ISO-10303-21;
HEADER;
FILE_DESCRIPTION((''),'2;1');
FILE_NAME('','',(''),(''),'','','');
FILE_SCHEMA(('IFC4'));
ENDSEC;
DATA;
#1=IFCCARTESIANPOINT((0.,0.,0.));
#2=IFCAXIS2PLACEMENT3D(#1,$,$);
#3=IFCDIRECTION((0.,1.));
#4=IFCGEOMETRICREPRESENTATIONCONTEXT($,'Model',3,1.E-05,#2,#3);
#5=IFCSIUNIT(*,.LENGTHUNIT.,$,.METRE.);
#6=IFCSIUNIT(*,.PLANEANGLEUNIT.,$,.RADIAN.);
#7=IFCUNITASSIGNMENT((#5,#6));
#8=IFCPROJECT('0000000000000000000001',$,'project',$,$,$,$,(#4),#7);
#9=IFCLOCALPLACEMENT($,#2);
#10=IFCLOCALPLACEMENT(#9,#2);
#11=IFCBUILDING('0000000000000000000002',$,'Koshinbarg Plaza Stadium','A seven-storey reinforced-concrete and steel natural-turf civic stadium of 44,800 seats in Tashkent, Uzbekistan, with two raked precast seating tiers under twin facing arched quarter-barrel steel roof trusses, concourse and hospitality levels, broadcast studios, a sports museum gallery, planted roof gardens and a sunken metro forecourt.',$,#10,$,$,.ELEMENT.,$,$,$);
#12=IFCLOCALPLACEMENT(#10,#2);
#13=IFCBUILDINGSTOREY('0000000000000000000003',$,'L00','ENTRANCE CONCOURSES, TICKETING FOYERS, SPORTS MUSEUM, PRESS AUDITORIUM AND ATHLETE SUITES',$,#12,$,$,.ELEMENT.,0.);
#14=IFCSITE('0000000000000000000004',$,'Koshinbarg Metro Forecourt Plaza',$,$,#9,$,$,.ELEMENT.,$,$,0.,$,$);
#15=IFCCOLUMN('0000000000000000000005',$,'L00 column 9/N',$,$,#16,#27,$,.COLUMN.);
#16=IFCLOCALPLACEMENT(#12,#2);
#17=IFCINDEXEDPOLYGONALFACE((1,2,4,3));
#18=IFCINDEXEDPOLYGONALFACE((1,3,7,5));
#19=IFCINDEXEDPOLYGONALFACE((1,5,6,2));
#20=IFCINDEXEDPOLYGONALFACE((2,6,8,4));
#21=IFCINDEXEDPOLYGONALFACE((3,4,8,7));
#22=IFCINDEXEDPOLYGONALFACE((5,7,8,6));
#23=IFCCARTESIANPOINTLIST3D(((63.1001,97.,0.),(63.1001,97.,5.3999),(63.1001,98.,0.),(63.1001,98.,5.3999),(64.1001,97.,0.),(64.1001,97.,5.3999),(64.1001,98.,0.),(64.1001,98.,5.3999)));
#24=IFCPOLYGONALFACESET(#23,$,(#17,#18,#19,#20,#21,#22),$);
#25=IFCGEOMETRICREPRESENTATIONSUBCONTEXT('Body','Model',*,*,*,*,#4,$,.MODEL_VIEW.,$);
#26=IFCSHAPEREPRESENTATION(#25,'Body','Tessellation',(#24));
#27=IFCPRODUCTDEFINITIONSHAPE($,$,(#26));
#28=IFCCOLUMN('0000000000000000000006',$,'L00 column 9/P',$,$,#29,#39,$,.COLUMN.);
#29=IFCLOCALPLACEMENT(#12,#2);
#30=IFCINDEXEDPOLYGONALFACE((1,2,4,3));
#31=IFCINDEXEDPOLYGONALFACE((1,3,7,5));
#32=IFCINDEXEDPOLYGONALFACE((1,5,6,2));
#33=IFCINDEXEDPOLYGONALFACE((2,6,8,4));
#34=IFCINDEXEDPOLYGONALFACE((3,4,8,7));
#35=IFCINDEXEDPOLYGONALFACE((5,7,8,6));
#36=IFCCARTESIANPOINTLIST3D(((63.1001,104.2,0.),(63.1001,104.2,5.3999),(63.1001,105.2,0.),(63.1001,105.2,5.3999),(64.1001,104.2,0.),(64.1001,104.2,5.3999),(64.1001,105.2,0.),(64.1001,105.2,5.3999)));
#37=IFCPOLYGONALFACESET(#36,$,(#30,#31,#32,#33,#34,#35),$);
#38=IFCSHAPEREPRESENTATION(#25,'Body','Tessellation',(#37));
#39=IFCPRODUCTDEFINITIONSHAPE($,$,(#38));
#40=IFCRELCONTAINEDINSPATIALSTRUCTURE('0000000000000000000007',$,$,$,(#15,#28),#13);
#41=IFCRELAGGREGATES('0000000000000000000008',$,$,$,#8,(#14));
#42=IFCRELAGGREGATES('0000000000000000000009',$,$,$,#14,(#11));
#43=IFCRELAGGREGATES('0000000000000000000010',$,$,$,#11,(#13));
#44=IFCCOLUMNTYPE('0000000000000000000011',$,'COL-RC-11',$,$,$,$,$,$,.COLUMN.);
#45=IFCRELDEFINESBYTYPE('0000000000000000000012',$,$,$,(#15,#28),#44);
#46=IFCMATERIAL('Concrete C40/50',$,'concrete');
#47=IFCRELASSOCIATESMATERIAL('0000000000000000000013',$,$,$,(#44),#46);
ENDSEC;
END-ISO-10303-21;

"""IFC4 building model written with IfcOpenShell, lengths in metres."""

from ifc_helpers import new_model, si_unit, direction, frame, origin, origin_2d, place, context, subcontext, project, spatial, rectangle, extrude, material, material_profile, profile_set, type_object, element, save


model = new_model("IFC4")

# Units and contexts
model_context = context("Model", 3, precision=1e-05, world=origin(), true_north=direction((0.0, 1.0)))
body_context = subcontext(model_context, "Body", "Model", "MODEL_VIEW")
ifc_project = project(units=[si_unit("LENGTHUNIT", "METRE"), si_unit("PLANEANGLEUNIT", "RADIAN")], contexts=[model_context])

# Site, building, storey
site_placement = place(None, origin())
site = spatial("IfcSite", under=ifc_project, at=site_placement, Name="Koshinbarg Metro Forecourt Plaza", CompositionType="ELEMENT", RefElevation=0.0)
building_placement = place(site_placement, origin())
building = spatial("IfcBuilding", under=site, at=building_placement, Name="Koshinbarg Plaza Stadium", Description="A seven-storey reinforced-concrete and steel natural-turf civic stadium of 44,800 seats in Tashkent, Uzbekistan, with two raked precast seating tiers under twin facing arched quarter-barrel steel roof trusses, concourse and hospitality levels, broadcast studios, a sports museum gallery, planted roof gardens and a sunken metro forecourt.", CompositionType="ELEMENT")
storey_placement = place(building_placement, origin())
storey = spatial("IfcBuildingStorey", under=building, at=storey_placement, Name="L00", Description="ENTRANCE CONCOURSES, TICKETING FOYERS, SPORTS MUSEUM, PRESS AUDITORIUM AND ATHLETE SUITES", CompositionType="ELEMENT", Elevation=0.0)

# Columns
ifc_material_1 = material(Name="Concrete C40/50", Category="concrete")
ifc_material_profile_1 = material_profile(ifc_material_1, rectangle(XDim=1.0, YDim=1.0, at=origin_2d()), Name="RC 1000x1000")
ifc_profile_set_1 = profile_set([ifc_material_profile_1], Name="Concrete C40/50")
column_type_1 = type_object("IfcColumnType", Name="COL-RC-11", PredefinedType="COLUMN", material=ifc_profile_set_1)
for number, where, z_axis, x_axis, name in (
    (1, (63.6001, 97.5, 0.0), (0.0, 0.0, 1.0), (1.0, 0.0, 0.0), "L00 column 9/N"),
    (2, (63.6001, 104.7, 0.0), (0.0, 0.0, 1.0), (1.0, 0.0, 0.0), "L00 column 9/P"),
):
    element("IfcColumn", number, at=place(storey_placement, frame(where, z_axis=z_axis, x_axis=x_axis)), inside=storey, type_object=column_type_1, Name=name, PredefinedType="COLUMN", context=body_context, shape_type="SweptSolid", body=[
        extrude(rectangle(XDim=1.0, YDim=1.0, at=origin_2d()), origin(), (0.0, 0.0, 1.0), 5.3999),
    ])

save(model, "model.ifc")
